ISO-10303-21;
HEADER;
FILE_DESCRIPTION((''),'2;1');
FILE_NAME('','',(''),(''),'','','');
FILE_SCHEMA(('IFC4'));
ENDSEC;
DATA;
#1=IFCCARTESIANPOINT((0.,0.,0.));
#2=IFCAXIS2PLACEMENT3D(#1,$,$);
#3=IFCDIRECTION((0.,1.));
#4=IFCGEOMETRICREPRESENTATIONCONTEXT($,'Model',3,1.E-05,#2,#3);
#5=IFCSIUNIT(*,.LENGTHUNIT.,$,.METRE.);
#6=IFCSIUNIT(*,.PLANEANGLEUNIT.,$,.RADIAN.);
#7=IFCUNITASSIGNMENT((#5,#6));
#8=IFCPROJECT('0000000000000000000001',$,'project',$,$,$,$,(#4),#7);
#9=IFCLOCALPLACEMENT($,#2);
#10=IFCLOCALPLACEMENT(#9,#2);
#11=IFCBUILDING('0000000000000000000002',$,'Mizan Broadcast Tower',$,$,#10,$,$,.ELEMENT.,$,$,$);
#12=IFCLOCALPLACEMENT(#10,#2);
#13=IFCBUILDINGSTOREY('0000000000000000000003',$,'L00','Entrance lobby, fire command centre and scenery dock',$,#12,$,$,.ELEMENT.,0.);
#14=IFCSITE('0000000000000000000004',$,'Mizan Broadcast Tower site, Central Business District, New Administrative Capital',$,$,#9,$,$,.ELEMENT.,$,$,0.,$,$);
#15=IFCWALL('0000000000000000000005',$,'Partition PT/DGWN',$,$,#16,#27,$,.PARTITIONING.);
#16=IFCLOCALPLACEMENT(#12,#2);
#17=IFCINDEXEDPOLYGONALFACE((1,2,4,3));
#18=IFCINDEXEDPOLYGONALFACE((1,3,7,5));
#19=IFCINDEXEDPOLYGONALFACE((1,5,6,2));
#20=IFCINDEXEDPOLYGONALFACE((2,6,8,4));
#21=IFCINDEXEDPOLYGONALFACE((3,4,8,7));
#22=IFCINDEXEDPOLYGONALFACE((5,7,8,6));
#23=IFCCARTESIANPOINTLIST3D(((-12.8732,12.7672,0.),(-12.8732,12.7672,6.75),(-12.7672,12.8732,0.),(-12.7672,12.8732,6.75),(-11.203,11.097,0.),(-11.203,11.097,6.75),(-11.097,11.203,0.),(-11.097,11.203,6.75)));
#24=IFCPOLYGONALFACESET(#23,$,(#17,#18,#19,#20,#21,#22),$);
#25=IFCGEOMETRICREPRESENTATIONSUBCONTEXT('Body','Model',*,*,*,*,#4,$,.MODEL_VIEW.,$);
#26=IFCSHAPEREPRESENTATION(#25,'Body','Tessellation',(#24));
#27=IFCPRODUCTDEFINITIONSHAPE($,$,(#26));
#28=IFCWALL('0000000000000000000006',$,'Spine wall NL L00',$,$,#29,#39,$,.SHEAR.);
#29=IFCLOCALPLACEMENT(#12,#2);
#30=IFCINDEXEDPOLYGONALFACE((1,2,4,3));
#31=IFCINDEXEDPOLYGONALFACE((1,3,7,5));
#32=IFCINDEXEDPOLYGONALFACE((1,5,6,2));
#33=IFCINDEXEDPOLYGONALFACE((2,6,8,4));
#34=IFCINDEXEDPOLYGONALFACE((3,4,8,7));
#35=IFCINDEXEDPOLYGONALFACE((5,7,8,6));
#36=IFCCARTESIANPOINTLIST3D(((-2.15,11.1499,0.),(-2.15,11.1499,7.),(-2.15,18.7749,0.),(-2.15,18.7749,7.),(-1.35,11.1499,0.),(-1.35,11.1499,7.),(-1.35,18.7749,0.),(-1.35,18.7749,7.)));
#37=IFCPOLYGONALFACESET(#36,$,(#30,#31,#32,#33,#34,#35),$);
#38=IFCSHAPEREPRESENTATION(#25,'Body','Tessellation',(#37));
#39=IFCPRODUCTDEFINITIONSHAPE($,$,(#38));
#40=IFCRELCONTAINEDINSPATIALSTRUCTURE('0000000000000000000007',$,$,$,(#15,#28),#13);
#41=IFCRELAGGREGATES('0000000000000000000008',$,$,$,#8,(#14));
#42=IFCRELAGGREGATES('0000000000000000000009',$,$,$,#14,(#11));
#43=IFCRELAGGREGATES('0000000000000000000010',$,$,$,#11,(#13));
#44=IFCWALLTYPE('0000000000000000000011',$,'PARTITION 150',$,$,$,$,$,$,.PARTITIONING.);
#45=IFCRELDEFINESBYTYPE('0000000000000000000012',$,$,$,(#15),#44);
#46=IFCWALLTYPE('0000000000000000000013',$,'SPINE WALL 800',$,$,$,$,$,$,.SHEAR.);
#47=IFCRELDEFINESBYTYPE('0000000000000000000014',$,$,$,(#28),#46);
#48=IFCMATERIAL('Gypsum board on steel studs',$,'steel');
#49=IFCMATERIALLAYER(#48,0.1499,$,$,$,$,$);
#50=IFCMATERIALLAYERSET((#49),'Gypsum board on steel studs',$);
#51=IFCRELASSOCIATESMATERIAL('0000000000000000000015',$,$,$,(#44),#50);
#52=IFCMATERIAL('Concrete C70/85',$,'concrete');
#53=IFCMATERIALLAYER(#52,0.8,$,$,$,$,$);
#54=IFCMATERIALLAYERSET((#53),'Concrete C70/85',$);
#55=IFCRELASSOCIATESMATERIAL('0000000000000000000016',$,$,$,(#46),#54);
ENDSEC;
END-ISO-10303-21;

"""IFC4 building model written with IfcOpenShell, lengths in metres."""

from ifc_helpers import new_model, si_unit, direction, frame, frame_2d, origin, place, context, subcontext, project, spatial, rectangle, extrude, material, layer, layer_set, type_object, element, save


model = new_model("IFC4")

# Units and contexts
model_context = context("Model", 3, precision=1e-05, world=origin(), true_north=direction((0.0, 1.0)))
body_context = subcontext(model_context, "Body", "Model", "MODEL_VIEW")
ifc_project = project(units=[si_unit("LENGTHUNIT", "METRE"), si_unit("PLANEANGLEUNIT", "RADIAN")], contexts=[model_context])

# Site, building, storey
site_placement = place(None, origin())
site = spatial("IfcSite", under=ifc_project, at=site_placement, Name="Mizan Broadcast Tower site, Central Business District, New Administrative Capital", CompositionType="ELEMENT", RefElevation=0.0)
building_placement = place(site_placement, origin())
building = spatial("IfcBuilding", under=site, at=building_placement, Name="Mizan Broadcast Tower", CompositionType="ELEMENT")
storey_placement = place(building_placement, origin())
storey = spatial("IfcBuildingStorey", under=building, at=storey_placement, Name="L00", Description="Entrance lobby, fire command centre and scenery dock", CompositionType="ELEMENT", Elevation=0.0)

# Walls
ifc_material_1 = material(Name="Gypsum board on steel studs", Category="steel")
ifc_layer_1 = layer(ifc_material_1, 0.1499)
ifc_layer_set_1 = layer_set([ifc_layer_1], Name="Gypsum board on steel studs")
wall_type_1 = type_object("IfcWallType", Name="PARTITION 150", PredefinedType="PARTITIONING", material=ifc_layer_set_1)
wall_1_placement = place(storey_placement, frame((-11.1499, 11.1499, 0.0), z_axis=(0.0, 0.0, 1.0), x_axis=(-0.707107, 0.707107, 0.0)))
element("IfcWall", 1, at=wall_1_placement, inside=storey, type_object=wall_type_1, Name="Partition PT/DGWN", PredefinedType="PARTITIONING", context=body_context, shape_type="SweptSolid", body=[
    extrude(rectangle(XDim=2.3621, YDim=0.1499, at=frame_2d((1.1812, 0.0))), origin(), (0.0, 0.0, 1.0), 6.75),
])
ifc_material_2 = material(Name="Concrete C70/85", Category="concrete")
ifc_layer_2 = layer(ifc_material_2, 0.8)
ifc_layer_set_2 = layer_set([ifc_layer_2], Name="Concrete C70/85")
wall_type_2 = type_object("IfcWallType", Name="SPINE WALL 800", PredefinedType="SHEAR", material=ifc_layer_set_2)
wall_2_placement = place(storey_placement, frame((-1.75, 11.1499, 0.0), z_axis=(0.0, 0.0, 1.0), x_axis=(0.0, 1.0, 0.0)))
element("IfcWall", 2, at=wall_2_placement, inside=storey, type_object=wall_type_2, Name="Spine wall NL L00", PredefinedType="SHEAR", context=body_context, shape_type="SweptSolid", body=[
    extrude(rectangle(XDim=7.625, YDim=0.8, at=frame_2d((3.8125, 0.0))), origin(), (0.0, 0.0, 1.0), 7.0),
])

save(model, "model.ifc")
